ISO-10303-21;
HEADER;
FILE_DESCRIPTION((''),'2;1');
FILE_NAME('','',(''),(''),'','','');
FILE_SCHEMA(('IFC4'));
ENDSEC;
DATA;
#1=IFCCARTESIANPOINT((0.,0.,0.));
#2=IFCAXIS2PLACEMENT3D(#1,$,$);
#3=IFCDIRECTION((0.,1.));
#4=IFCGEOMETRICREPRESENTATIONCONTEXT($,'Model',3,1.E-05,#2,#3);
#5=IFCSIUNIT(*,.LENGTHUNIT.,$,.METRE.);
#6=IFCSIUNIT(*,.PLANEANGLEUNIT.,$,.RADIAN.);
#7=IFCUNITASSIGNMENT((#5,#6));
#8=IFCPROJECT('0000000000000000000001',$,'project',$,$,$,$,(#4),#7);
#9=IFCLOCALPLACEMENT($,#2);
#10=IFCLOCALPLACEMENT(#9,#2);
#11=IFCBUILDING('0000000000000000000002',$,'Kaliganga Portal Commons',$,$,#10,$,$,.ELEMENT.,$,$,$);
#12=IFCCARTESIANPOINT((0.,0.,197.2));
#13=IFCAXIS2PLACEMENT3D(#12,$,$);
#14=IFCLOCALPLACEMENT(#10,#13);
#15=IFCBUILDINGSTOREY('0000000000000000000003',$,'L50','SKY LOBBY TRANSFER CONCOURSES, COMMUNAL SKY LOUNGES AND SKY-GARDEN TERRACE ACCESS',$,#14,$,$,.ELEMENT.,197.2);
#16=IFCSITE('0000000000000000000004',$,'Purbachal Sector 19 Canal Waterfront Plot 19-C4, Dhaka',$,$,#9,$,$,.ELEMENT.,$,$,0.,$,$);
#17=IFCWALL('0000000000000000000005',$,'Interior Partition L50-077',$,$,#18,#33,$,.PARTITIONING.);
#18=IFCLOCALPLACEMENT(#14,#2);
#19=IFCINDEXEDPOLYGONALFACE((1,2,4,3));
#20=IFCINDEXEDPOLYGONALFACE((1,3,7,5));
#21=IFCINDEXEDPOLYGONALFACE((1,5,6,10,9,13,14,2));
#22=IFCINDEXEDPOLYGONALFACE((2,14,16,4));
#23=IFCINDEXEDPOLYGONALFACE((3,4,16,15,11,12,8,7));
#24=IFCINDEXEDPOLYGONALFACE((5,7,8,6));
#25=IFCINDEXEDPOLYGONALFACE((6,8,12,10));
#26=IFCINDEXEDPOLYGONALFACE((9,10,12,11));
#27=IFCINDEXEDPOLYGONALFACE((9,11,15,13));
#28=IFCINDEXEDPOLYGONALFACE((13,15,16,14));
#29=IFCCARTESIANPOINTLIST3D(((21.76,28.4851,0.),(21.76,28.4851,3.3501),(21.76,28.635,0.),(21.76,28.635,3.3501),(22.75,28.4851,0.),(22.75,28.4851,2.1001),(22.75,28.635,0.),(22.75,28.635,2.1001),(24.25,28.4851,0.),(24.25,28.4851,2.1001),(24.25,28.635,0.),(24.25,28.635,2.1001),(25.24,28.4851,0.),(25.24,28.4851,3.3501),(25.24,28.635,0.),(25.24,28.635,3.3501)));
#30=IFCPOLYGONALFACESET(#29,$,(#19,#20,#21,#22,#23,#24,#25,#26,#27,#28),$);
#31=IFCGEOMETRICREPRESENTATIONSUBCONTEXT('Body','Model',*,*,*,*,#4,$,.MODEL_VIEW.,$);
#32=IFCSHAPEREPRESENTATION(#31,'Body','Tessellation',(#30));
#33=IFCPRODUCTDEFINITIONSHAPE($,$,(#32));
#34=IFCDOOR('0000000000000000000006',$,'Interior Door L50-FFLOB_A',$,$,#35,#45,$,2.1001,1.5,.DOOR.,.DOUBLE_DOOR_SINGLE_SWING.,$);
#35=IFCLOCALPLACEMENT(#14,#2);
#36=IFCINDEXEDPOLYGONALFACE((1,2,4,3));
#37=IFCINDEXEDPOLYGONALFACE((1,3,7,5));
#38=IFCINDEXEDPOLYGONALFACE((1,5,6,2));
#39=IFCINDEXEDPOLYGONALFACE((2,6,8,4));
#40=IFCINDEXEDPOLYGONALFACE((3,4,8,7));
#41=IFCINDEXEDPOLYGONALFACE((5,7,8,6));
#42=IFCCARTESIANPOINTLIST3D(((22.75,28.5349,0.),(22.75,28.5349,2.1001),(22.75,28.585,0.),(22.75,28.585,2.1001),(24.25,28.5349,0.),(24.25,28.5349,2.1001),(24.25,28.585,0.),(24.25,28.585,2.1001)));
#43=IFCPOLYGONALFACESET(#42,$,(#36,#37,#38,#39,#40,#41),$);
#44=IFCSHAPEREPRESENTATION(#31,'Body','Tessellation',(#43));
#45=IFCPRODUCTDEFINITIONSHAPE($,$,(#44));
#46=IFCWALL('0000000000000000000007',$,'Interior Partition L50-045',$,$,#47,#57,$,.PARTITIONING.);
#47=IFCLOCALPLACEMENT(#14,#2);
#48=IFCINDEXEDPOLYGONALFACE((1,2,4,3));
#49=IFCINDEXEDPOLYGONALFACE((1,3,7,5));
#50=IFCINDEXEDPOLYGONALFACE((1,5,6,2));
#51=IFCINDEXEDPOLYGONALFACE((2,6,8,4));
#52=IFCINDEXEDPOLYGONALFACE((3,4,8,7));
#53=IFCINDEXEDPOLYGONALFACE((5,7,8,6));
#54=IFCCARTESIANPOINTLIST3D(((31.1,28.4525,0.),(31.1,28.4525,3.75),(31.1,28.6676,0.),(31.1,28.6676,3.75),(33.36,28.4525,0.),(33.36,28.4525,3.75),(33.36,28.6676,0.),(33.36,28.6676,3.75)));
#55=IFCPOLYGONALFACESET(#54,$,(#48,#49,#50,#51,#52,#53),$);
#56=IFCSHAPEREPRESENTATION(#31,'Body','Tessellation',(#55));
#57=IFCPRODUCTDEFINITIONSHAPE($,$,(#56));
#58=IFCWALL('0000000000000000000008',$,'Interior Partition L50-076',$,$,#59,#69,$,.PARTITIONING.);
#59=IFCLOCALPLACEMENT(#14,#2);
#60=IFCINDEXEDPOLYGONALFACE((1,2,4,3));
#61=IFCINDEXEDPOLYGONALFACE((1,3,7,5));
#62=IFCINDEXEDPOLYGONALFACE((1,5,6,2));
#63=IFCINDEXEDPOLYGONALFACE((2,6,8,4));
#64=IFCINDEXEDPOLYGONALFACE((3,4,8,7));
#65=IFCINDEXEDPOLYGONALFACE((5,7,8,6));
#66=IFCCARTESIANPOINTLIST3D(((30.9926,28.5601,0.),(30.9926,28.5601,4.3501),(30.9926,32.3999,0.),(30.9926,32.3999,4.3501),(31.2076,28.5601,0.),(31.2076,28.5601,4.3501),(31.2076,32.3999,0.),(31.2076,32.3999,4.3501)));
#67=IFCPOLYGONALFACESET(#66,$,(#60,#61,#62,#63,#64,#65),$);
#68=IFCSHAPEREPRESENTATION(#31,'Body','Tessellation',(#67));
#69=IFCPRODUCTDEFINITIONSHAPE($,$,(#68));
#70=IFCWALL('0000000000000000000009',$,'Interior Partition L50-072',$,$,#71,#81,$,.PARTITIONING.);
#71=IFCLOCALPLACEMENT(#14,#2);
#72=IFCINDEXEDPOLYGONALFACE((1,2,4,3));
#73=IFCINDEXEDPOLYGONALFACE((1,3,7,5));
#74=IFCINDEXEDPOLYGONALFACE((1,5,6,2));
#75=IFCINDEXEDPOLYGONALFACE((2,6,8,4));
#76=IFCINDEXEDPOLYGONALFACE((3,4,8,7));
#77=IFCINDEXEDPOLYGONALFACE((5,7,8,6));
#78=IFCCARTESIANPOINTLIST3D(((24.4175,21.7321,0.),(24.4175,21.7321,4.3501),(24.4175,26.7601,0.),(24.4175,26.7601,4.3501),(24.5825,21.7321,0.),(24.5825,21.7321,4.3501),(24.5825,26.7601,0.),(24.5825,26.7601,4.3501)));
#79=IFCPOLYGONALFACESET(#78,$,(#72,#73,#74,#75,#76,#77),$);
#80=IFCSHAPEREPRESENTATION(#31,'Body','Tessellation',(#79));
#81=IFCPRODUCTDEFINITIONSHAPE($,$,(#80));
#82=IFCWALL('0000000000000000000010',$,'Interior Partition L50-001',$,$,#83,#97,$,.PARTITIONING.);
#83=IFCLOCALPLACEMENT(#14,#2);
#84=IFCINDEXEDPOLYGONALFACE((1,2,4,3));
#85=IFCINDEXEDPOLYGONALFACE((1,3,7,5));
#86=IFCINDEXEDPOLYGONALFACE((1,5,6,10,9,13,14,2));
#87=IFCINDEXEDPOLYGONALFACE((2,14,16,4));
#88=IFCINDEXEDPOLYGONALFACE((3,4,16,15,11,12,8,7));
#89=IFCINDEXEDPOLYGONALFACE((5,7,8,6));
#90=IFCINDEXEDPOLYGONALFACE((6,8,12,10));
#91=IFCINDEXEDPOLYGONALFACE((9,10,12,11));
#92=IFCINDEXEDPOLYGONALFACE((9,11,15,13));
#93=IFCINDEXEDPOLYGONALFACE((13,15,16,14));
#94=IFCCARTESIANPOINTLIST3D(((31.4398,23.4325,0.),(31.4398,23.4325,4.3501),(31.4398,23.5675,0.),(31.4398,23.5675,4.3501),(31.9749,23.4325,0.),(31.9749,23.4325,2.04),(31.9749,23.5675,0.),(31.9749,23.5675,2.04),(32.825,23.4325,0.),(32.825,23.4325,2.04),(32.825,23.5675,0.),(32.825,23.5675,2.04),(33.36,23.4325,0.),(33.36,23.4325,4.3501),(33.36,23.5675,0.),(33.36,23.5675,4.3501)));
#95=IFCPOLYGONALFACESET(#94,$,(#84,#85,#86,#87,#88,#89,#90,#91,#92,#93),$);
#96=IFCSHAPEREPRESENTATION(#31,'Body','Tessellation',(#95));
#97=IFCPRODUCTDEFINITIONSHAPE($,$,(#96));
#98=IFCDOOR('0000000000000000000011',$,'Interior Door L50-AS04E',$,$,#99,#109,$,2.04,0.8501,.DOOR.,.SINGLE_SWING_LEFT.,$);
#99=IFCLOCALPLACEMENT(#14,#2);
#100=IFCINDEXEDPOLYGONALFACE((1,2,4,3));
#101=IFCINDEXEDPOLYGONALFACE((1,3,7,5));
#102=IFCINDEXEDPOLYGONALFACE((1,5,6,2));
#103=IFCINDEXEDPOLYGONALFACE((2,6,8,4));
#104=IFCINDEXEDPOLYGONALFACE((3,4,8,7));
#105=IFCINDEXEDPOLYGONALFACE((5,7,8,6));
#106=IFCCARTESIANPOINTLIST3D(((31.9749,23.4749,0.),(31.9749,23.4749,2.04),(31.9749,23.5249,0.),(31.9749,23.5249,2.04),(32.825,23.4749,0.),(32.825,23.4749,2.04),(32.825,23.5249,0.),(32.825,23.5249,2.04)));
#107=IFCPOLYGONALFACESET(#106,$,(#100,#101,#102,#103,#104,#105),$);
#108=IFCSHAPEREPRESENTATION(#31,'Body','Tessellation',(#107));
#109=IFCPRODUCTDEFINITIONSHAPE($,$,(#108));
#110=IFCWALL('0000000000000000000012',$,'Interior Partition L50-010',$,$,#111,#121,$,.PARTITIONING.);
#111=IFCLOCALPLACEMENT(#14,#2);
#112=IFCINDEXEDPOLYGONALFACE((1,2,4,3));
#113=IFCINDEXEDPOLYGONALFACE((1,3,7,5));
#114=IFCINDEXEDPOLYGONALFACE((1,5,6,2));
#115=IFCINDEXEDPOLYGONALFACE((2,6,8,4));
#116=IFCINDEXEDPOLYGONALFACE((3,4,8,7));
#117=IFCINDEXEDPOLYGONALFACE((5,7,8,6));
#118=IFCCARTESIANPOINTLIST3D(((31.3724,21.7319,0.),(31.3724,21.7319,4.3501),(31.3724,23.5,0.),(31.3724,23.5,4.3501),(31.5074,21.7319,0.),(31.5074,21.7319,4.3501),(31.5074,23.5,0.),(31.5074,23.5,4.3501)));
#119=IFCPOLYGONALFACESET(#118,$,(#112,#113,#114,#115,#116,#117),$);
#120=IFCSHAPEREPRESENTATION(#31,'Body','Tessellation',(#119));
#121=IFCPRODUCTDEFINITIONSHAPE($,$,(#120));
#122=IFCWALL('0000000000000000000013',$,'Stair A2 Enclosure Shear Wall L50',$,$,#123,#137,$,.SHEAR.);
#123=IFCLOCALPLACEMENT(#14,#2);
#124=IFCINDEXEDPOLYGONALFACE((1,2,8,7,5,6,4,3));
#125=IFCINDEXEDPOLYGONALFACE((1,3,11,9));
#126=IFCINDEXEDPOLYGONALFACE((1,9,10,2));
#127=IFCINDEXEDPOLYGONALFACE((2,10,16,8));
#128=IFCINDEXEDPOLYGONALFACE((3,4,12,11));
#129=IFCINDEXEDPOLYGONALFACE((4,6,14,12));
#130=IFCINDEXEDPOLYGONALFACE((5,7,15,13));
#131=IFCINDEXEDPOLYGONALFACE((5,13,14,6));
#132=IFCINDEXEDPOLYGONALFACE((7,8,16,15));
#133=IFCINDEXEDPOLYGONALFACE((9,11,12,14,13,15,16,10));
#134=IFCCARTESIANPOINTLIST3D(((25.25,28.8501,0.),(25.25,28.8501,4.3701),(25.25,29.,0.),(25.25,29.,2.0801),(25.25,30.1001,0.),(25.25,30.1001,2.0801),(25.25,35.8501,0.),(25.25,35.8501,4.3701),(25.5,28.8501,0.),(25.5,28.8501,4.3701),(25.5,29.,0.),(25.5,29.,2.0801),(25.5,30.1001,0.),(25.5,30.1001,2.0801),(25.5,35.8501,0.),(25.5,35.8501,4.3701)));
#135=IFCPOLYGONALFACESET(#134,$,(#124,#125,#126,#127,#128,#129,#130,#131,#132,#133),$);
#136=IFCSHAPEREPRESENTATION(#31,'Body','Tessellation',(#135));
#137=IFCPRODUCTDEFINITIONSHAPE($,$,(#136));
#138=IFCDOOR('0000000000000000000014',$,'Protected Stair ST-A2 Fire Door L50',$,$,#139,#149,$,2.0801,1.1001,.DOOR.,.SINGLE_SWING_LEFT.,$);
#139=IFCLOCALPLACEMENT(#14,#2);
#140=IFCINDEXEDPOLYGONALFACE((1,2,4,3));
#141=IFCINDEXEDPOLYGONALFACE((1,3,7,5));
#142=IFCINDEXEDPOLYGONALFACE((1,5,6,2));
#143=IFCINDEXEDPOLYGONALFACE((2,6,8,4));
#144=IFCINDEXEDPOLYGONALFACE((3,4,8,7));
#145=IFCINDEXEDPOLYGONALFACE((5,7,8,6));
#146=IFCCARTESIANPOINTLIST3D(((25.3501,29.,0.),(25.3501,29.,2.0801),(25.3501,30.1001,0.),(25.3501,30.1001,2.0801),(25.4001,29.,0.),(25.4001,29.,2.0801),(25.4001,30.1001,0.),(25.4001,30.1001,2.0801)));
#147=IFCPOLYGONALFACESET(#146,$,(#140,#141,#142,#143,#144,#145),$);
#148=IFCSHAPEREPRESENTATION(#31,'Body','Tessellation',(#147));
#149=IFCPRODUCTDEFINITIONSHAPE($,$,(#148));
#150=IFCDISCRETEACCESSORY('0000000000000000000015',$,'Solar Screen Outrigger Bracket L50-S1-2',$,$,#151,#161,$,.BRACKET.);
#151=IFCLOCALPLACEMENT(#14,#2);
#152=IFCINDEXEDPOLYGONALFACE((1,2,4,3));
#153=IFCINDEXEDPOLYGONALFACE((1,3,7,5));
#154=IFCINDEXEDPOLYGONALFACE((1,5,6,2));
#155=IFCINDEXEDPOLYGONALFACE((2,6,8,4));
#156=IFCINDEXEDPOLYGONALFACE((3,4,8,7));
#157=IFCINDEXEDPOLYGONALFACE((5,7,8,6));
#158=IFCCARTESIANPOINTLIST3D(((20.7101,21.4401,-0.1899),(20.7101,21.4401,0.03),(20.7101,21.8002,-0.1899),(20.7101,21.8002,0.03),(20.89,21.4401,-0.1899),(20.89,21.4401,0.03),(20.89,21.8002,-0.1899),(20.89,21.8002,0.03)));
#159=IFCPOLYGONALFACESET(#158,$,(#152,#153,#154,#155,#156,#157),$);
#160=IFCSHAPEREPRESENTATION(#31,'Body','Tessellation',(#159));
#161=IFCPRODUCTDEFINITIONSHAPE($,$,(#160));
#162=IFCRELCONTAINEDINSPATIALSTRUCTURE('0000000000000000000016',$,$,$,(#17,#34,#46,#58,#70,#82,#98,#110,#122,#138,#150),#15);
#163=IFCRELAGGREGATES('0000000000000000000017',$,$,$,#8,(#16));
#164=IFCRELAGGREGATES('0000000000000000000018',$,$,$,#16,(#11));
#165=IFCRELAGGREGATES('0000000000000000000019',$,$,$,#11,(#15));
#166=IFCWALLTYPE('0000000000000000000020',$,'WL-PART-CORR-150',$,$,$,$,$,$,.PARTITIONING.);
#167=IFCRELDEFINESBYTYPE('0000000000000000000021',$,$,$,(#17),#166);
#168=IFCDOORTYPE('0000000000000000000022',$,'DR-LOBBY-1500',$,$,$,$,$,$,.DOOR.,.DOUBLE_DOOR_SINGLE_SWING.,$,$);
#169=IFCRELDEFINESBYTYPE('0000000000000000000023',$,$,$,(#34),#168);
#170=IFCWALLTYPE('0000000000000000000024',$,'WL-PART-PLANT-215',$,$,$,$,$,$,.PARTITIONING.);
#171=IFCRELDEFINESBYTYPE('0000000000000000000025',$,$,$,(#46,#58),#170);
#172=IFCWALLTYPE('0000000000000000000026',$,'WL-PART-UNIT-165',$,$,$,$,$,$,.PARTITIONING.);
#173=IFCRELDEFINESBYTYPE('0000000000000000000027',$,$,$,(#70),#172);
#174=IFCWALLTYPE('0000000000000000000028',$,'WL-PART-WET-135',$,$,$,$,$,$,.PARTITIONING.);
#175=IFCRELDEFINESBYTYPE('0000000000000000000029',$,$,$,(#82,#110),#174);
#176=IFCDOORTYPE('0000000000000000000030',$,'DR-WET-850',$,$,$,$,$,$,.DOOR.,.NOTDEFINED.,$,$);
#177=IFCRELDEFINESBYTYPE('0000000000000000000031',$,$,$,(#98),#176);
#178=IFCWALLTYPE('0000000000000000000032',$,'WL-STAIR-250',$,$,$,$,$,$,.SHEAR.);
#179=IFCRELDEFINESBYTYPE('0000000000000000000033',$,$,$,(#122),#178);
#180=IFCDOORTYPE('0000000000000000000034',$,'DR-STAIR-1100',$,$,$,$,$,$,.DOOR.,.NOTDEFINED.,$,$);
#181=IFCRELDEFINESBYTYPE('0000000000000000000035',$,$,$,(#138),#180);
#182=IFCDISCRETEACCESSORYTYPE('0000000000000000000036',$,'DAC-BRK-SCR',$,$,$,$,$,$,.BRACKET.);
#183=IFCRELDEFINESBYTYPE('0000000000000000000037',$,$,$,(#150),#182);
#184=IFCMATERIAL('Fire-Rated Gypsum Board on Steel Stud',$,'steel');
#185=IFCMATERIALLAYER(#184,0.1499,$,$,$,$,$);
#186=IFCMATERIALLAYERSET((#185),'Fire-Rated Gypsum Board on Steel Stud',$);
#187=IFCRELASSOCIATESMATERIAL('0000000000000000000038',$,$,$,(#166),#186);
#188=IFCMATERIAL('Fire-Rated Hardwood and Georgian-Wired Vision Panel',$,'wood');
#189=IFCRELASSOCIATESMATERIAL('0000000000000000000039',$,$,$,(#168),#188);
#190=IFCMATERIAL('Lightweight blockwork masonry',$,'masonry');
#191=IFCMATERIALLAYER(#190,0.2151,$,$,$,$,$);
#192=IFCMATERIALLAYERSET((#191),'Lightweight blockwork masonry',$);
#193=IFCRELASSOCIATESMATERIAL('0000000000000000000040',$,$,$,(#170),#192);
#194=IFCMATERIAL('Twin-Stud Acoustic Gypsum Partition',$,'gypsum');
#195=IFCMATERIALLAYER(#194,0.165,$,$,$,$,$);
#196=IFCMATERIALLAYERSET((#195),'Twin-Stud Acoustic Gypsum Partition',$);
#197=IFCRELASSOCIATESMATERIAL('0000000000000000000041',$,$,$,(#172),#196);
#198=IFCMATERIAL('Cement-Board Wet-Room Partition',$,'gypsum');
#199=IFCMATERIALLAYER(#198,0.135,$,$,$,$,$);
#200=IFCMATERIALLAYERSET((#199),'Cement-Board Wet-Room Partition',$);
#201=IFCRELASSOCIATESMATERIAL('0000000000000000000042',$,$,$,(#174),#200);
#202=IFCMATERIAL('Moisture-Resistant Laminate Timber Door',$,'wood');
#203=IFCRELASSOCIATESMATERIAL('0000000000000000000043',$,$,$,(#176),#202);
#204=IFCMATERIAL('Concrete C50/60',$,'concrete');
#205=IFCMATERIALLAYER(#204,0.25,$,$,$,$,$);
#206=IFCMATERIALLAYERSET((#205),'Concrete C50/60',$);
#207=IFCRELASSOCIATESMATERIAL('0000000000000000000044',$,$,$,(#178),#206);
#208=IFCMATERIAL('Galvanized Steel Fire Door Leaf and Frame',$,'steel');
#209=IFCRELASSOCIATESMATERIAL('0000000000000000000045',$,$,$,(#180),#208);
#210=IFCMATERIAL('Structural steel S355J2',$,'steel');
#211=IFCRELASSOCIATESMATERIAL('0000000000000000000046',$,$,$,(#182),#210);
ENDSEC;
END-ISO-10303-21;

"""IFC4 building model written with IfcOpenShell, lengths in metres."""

from ifc_helpers import new_model, si_unit, direction, frame, frame_2d, origin, origin_2d, place, context, subcontext, project, spatial, rectangle, extrude, source, transform, mapped, material, layer, layer_set, type_object, element, fill, save


model = new_model("IFC4")

# Units and contexts
model_context = context("Model", 3, precision=1e-05, world=origin(), true_north=direction((0.0, 1.0)))
body_context = subcontext(model_context, "Body", "Model", "MODEL_VIEW")
ifc_project = project(units=[si_unit("LENGTHUNIT", "METRE"), si_unit("PLANEANGLEUNIT", "RADIAN")], contexts=[model_context])

# Site, building, storey
site_placement = place(None, origin())
site = spatial("IfcSite", under=ifc_project, at=site_placement, Name="Purbachal Sector 19 Canal Waterfront Plot 19-C4, Dhaka", CompositionType="ELEMENT", RefElevation=0.0)
building_placement = place(site_placement, origin())
building = spatial("IfcBuilding", under=site, at=building_placement, Name="Kaliganga Portal Commons", CompositionType="ELEMENT")
storey_placement = place(building_placement, frame((0.0, 0.0, 197.2)))
storey = spatial("IfcBuildingStorey", under=building, at=storey_placement, Name="L50", Description="SKY LOBBY TRANSFER CONCOURSES, COMMUNAL SKY LOUNGES AND SKY-GARDEN TERRACE ACCESS", CompositionType="ELEMENT", Elevation=197.2)

# Shared definitions
ifc_material_1 = material(Name="Concrete C50/60", Category="concrete")
ifc_material_2 = material(Name="Structural steel S355J2", Category="steel")

# Wall, opening, door
ifc_material_3 = material(Name="Fire-Rated Gypsum Board on Steel Stud", Category="steel")
ifc_layer_1 = layer(ifc_material_3, 0.1499)
ifc_layer_set_1 = layer_set([ifc_layer_1], Name="Fire-Rated Gypsum Board on Steel Stud")
wall_type_1 = type_object("IfcWallType", Name="WL-PART-CORR-150", PredefinedType="PARTITIONING", material=ifc_layer_set_1)
wall_1_placement = place(storey_placement, frame((21.76, 28.5601, 0.0), z_axis=(0.0, 0.0, 1.0), x_axis=(1.0, 0.0, 0.0)))
wall_1 = element("IfcWall", 1, at=wall_1_placement, inside=storey, type_object=wall_type_1, Name="Interior Partition L50-077", PredefinedType="PARTITIONING", context=body_context, shape_type="SweptSolid", body=[
    extrude(rectangle(XDim=3.48, YDim=0.1499, at=frame_2d((1.74, 0.0))), origin(), (0.0, 0.0, 1.0), 3.3501),
])
opening_1_placement = place(wall_1_placement, frame((0.99, 0.0, 0.0)))
opening_1 = element("IfcOpeningElement", 2, at=opening_1_placement, cuts=wall_1, PredefinedType="OPENING", context=body_context, shape_type="SweptSolid", body=[
    extrude(rectangle(XDim=1.5, YDim=2.1001, at=frame_2d((0.75, 1.05))), frame((0.0, 0.085, 0.0), z_axis=(0.0, -1.0, 0.0), x_axis=(1.0, 0.0, 0.0)), (0.0, 0.0, 1.0), 0.1699),
])
ifc_material_4 = material(Name="Fire-Rated Hardwood and Georgian-Wired Vision Panel", Category="wood")
door_type_1 = type_object("IfcDoorType", Name="DR-LOBBY-1500", OperationType="DOUBLE_DOOR_SINGLE_SWING", PredefinedType="DOOR", material=ifc_material_4)
door_1_placement = place(opening_1_placement, origin())
door_1 = element("IfcDoor", 3, at=door_1_placement, inside=storey, type_object=door_type_1, Name="Interior Door L50-FFLOB_A", OperationType="DOUBLE_DOOR_SINGLE_SWING", OverallHeight=2.1001, OverallWidth=1.5, PredefinedType="DOOR", context=body_context, shape_type="SweptSolid", body=[
    extrude(rectangle(XDim=1.5, YDim=2.1001, at=frame_2d((0.75, 1.05))), frame((0.0, 0.0249, 0.0), z_axis=(0.0, -1.0, 0.0), x_axis=(1.0, 0.0, 0.0)), (0.0, 0.0, 1.0), 0.05),
])
fill(opening_1, door_1)

# Walls
ifc_material_5 = material(Name="Lightweight blockwork masonry", Category="masonry")
ifc_layer_2 = layer(ifc_material_5, 0.2151)
ifc_layer_set_2 = layer_set([ifc_layer_2], Name="Lightweight blockwork masonry")
wall_type_2 = type_object("IfcWallType", Name="WL-PART-PLANT-215", PredefinedType="PARTITIONING", material=ifc_layer_set_2)
wall_2_placement = place(storey_placement, frame((31.1001, 28.5601, 0.0), z_axis=(0.0, 0.0, 1.0), x_axis=(1.0, 0.0, 0.0)))
element("IfcWall", 4, at=wall_2_placement, inside=storey, type_object=wall_type_2, Name="Interior Partition L50-045", PredefinedType="PARTITIONING", context=body_context, shape_type="SweptSolid", body=[
    extrude(rectangle(XDim=2.26, YDim=0.2151, at=frame_2d((1.1299, 0.0))), origin(), (0.0, 0.0, 1.0), 3.75),
])
wall_3_placement = place(storey_placement, frame((31.1001, 28.5601, 0.0), z_axis=(0.0, 0.0, 1.0), x_axis=(0.0, 1.0, 0.0)))
element("IfcWall", 5, at=wall_3_placement, inside=storey, type_object=wall_type_2, Name="Interior Partition L50-076", PredefinedType="PARTITIONING", context=body_context, shape_type="SweptSolid", body=[
    extrude(rectangle(XDim=3.8398, YDim=0.2151, at=frame_2d((1.9199, 0.0))), origin(), (0.0, 0.0, 1.0), 4.3501),
])
ifc_material_6 = material(Name="Twin-Stud Acoustic Gypsum Partition", Category="gypsum")
ifc_layer_3 = layer(ifc_material_6, 0.165)
ifc_layer_set_3 = layer_set([ifc_layer_3], Name="Twin-Stud Acoustic Gypsum Partition")
wall_type_3 = type_object("IfcWallType", Name="WL-PART-UNIT-165", PredefinedType="PARTITIONING", material=ifc_layer_set_3)
wall_4_placement = place(storey_placement, frame((24.5, 21.7319, 0.0), z_axis=(0.0, 0.0, 1.0), x_axis=(0.0, 1.0, 0.0)))
element("IfcWall", 6, at=wall_4_placement, inside=storey, type_object=wall_type_3, Name="Interior Partition L50-072", PredefinedType="PARTITIONING", context=body_context, shape_type="SweptSolid", body=[
    extrude(rectangle(XDim=5.0281, YDim=0.165, at=frame_2d((2.5142, 0.0))), origin(), (0.0, 0.0, 1.0), 4.3501),
])

# Wall, opening, door
ifc_material_7 = material(Name="Cement-Board Wet-Room Partition", Category="gypsum")
ifc_layer_4 = layer(ifc_material_7, 0.135)
ifc_layer_set_4 = layer_set([ifc_layer_4], Name="Cement-Board Wet-Room Partition")
wall_type_4 = type_object("IfcWallType", Name="WL-PART-WET-135", PredefinedType="PARTITIONING", material=ifc_layer_set_4)
wall_5_placement = place(storey_placement, frame((31.4399, 23.5, 0.0), z_axis=(0.0, 0.0, 1.0), x_axis=(1.0, 0.0, 0.0)))
wall_5 = element("IfcWall", 7, at=wall_5_placement, inside=storey, type_object=wall_type_4, Name="Interior Partition L50-001", PredefinedType="PARTITIONING", context=body_context, shape_type="SweptSolid", body=[
    extrude(rectangle(XDim=1.9202, YDim=0.135, at=frame_2d((0.96, 0.0))), origin(), (0.0, 0.0, 1.0), 4.3501),
])
opening_2_placement = place(wall_5_placement, frame((0.5349, 0.0, 0.0)))
opening_2 = element("IfcOpeningElement", 8, at=opening_2_placement, cuts=wall_5, PredefinedType="OPENING", context=body_context, shape_type="SweptSolid", body=[
    extrude(rectangle(XDim=0.8501, YDim=2.04, at=frame_2d((0.425, 1.02))), frame((0.0, 0.0776, 0.0), z_axis=(0.0, -1.0, 0.0), x_axis=(1.0, 0.0, 0.0)), (0.0, 0.0, 1.0), 0.155),
])
ifc_material_8 = material(Name="Moisture-Resistant Laminate Timber Door", Category="wood")
door_type_2 = type_object("IfcDoorType", Name="DR-WET-850", OperationType="NOTDEFINED", PredefinedType="DOOR", material=ifc_material_8)
door_2_placement = place(opening_2_placement, origin())
door_2 = element("IfcDoor", 9, at=door_2_placement, inside=storey, type_object=door_type_2, Name="Interior Door L50-AS04E", OperationType="SINGLE_SWING_LEFT", OverallHeight=2.04, OverallWidth=0.8501, PredefinedType="DOOR", context=body_context, shape_type="SweptSolid", body=[
    extrude(rectangle(XDim=0.8501, YDim=2.04, at=frame_2d((0.425, 1.02))), frame((0.0, 0.0249, 0.0), z_axis=(0.0, -1.0, 0.0), x_axis=(1.0, 0.0, 0.0)), (0.0, 0.0, 1.0), 0.05),
])
fill(opening_2, door_2)

# Wall
wall_6_placement = place(storey_placement, frame((31.4399, 21.7319, 0.0), z_axis=(0.0, 0.0, 1.0), x_axis=(0.0, 1.0, 0.0)))
element("IfcWall", 10, at=wall_6_placement, inside=storey, type_object=wall_type_4, Name="Interior Partition L50-010", PredefinedType="PARTITIONING", context=body_context, shape_type="SweptSolid", body=[
    extrude(rectangle(XDim=1.7681, YDim=0.135, at=frame_2d((0.884, 0.0))), origin(), (0.0, 0.0, 1.0), 4.3501),
])

# Wall, opening, door
ifc_layer_5 = layer(ifc_material_1, 0.25)
ifc_layer_set_5 = layer_set([ifc_layer_5], Name="Concrete C50/60")
wall_type_5 = type_object("IfcWallType", Name="WL-STAIR-250", PredefinedType="SHEAR", material=ifc_layer_set_5)
wall_7_placement = place(storey_placement, frame((25.375, 28.8501, 0.0), z_axis=(0.0, 0.0, 1.0), x_axis=(0.0, 1.0, 0.0)))
wall_7 = element("IfcWall", 11, at=wall_7_placement, inside=storey, type_object=wall_type_5, Name="Stair A2 Enclosure Shear Wall L50", PredefinedType="SHEAR", context=body_context, shape_type="SweptSolid", body=[
    extrude(rectangle(XDim=7.0, YDim=0.25, at=frame_2d((3.5, 0.0))), origin(), (0.0, 0.0, 1.0), 4.3701),
])
opening_3_placement = place(wall_7_placement, frame((0.1499, 0.0, 0.0)))
opening_3 = element("IfcOpeningElement", 12, at=opening_3_placement, cuts=wall_7, PredefinedType="OPENING", context=body_context, shape_type="SweptSolid", body=[
    extrude(rectangle(XDim=1.1001, YDim=2.0801, at=frame_2d((0.55, 1.04))), frame((0.0, 0.135, 0.0), z_axis=(0.0, -1.0, 0.0), x_axis=(1.0, 0.0, 0.0)), (0.0, 0.0, 1.0), 0.27),
])
ifc_material_9 = material(Name="Galvanized Steel Fire Door Leaf and Frame", Category="steel")
door_type_3 = type_object("IfcDoorType", Name="DR-STAIR-1100", OperationType="NOTDEFINED", PredefinedType="DOOR", material=ifc_material_9)
door_3_placement = place(opening_3_placement, origin())
door_3 = element("IfcDoor", 13, at=door_3_placement, inside=storey, type_object=door_type_3, Name="Protected Stair ST-A2 Fire Door L50", OperationType="SINGLE_SWING_LEFT", OverallHeight=2.0801, OverallWidth=1.1001, PredefinedType="DOOR", context=body_context, shape_type="SweptSolid", body=[
    extrude(rectangle(XDim=1.1001, YDim=2.0801, at=frame_2d((0.55, 1.04))), frame((0.0, 0.0249, 0.0), z_axis=(0.0, -1.0, 0.0), x_axis=(1.0, 0.0, 0.0)), (0.0, 0.0, 1.0), 0.05),
])
fill(opening_3, door_3)

# Discrete accessory
discrete_accessory_type = type_object("IfcDiscreteAccessoryType", Name="DAC-BRK-SCR", PredefinedType="BRACKET", material=ifc_material_2)
shared_shape_1 = source(origin(), body_context, "Body", "SweptSolid", [
    extrude(rectangle(XDim=0.1799, YDim=0.3601, at=origin_2d()), origin(), (0.0, 0.0, 1.0), 0.22),
])
for number, where, z_axis, x_axis, name in (
    (14, (20.8, 21.6201, -0.1899), (0.0, 0.0, 1.0), (1.0, 0.0, 0.0), "Solar Screen Outrigger Bracket L50-S1-2"),
):
    element("IfcDiscreteAccessory", number, at=place(storey_placement, frame(where, z_axis=z_axis, x_axis=x_axis)), inside=storey, type_object=discrete_accessory_type, Name=name, PredefinedType="BRACKET", context=body_context, shape_type="MappedRepresentation", body=[
        mapped(shared_shape_1, transform((0.0, 0.0, 0.0), x_axis=(1.0, 0.0, 0.0), y_axis=(0.0, 1.0, 0.0), z_axis=(0.0, 0.0, 1.0), scale=1.0)),
    ])

save(model, "model.ifc")
